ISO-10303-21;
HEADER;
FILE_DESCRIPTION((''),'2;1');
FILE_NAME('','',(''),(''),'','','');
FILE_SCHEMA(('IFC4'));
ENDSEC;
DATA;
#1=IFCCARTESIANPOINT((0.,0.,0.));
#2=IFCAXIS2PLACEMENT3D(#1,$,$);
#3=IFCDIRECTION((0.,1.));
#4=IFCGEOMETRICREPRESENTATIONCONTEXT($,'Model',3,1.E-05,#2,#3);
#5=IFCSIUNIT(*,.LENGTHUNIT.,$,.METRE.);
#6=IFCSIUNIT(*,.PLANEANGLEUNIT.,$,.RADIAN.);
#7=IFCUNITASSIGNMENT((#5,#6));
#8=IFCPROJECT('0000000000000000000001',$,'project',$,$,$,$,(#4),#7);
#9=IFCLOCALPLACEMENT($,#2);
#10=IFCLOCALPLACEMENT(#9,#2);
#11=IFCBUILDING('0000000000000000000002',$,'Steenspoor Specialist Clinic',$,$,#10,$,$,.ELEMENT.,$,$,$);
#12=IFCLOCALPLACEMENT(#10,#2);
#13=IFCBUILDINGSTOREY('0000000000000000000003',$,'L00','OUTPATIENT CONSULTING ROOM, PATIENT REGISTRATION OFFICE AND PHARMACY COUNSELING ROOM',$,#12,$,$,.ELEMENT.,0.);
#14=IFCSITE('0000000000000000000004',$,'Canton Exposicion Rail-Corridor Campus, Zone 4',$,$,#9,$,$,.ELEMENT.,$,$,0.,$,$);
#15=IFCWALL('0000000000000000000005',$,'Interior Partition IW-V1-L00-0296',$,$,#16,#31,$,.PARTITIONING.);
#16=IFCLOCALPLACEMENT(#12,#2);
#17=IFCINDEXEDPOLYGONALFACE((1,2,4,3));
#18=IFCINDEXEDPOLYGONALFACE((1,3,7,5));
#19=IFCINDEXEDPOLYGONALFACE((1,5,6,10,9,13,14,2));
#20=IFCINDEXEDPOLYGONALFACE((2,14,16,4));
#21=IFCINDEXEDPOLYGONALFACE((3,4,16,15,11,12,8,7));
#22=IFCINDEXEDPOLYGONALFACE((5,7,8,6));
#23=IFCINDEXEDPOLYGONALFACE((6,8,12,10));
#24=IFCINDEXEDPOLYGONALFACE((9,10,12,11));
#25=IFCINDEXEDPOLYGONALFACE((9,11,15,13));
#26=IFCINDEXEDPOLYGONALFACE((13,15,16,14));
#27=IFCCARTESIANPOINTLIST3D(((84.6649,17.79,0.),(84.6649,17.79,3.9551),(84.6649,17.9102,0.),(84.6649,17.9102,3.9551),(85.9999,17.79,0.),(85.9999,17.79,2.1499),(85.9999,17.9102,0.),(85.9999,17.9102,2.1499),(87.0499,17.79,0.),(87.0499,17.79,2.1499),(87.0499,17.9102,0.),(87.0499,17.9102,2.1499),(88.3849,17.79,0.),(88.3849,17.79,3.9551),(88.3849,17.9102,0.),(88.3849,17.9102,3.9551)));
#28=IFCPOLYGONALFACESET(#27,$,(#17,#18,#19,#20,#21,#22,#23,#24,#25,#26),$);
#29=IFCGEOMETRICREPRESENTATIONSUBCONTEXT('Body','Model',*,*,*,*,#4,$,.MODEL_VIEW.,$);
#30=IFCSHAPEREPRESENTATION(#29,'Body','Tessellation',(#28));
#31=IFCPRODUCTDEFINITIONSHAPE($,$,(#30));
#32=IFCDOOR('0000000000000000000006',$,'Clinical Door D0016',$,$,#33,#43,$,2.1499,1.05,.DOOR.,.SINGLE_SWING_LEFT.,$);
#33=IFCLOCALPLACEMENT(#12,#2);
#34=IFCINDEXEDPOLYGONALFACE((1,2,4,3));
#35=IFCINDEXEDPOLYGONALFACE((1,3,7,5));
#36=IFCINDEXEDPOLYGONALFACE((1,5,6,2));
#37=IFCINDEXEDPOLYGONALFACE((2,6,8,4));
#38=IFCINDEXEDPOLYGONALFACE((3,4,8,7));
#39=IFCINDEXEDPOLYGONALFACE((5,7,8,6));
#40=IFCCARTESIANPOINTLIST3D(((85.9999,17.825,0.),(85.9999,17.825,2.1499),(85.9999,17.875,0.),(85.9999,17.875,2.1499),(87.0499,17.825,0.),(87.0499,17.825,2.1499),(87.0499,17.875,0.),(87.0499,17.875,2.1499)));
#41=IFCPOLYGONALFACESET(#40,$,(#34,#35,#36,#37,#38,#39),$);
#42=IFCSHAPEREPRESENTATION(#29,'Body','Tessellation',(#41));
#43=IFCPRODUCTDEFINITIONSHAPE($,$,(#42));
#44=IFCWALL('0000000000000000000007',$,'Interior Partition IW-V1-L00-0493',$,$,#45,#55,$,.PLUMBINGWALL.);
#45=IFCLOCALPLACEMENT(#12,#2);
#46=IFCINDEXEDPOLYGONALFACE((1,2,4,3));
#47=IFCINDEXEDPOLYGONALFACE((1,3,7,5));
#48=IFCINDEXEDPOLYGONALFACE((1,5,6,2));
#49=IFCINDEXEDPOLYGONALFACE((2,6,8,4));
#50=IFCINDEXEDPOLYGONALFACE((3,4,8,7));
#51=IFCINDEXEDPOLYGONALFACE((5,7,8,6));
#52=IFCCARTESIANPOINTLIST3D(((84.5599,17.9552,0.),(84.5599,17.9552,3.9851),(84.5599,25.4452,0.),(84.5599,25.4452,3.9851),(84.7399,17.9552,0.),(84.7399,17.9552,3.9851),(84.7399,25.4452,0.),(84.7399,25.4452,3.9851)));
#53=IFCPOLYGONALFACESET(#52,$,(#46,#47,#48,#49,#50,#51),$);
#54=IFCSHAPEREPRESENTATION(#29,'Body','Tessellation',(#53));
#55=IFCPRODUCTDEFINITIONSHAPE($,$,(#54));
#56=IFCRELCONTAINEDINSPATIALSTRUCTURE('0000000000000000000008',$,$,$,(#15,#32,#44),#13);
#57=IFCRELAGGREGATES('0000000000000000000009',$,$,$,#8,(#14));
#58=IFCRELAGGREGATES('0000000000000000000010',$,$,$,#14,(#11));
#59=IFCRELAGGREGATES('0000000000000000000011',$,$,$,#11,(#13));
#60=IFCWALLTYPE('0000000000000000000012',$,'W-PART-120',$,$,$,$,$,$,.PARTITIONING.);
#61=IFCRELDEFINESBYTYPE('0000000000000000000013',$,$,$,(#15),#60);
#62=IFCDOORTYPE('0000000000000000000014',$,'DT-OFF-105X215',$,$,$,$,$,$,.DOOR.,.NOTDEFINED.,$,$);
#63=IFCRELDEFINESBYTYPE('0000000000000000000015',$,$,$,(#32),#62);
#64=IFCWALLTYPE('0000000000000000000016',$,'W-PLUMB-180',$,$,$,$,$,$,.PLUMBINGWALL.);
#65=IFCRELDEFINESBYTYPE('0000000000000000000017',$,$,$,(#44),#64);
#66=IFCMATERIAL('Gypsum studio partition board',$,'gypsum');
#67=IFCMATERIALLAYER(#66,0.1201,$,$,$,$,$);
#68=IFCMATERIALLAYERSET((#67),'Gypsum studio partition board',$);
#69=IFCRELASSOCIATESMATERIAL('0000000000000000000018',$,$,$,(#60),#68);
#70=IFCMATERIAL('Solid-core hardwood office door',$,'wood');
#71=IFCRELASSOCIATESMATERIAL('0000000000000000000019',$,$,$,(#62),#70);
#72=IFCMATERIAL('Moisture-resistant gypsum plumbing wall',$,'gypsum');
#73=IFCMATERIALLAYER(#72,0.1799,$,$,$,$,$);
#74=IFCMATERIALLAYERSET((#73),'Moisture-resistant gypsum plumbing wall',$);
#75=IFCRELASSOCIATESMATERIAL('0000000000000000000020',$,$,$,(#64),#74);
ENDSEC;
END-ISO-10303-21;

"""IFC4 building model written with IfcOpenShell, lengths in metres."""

from ifc_helpers import new_model, si_unit, direction, frame, frame_2d, origin, place, context, subcontext, project, spatial, rectangle, extrude, material, layer, layer_set, type_object, element, fill, save


model = new_model("IFC4")

# Units and contexts
model_context = context("Model", 3, precision=1e-05, world=origin(), true_north=direction((0.0, 1.0)))
body_context = subcontext(model_context, "Body", "Model", "MODEL_VIEW")
ifc_project = project(units=[si_unit("LENGTHUNIT", "METRE"), si_unit("PLANEANGLEUNIT", "RADIAN")], contexts=[model_context])

# Site, building, storey
site_placement = place(None, origin())
site = spatial("IfcSite", under=ifc_project, at=site_placement, Name="Canton Exposicion Rail-Corridor Campus, Zone 4", CompositionType="ELEMENT", RefElevation=0.0)
building_placement = place(site_placement, origin())
building = spatial("IfcBuilding", under=site, at=building_placement, Name="Steenspoor Specialist Clinic", CompositionType="ELEMENT")
storey_placement = place(building_placement, origin())
storey = spatial("IfcBuildingStorey", under=building, at=storey_placement, Name="L00", Description="OUTPATIENT CONSULTING ROOM, PATIENT REGISTRATION OFFICE AND PHARMACY COUNSELING ROOM", CompositionType="ELEMENT", Elevation=0.0)

# Shared definitions
ifc_material_1 = material(Name="Gypsum studio partition board", Category="gypsum")
ifc_layer_1 = layer(ifc_material_1, 0.1201)
ifc_layer_set_1 = layer_set([ifc_layer_1], Name="Gypsum studio partition board")
wall_type_1 = type_object("IfcWallType", Name="W-PART-120", PredefinedType="PARTITIONING", material=ifc_layer_set_1)

# Wall, opening, door
wall_1_placement = place(storey_placement, frame((84.665, 17.8501, 0.0), z_axis=(0.0, 0.0, 1.0), x_axis=(1.0, 0.0, 0.0)))
wall_1 = element("IfcWall", 1, at=wall_1_placement, inside=storey, type_object=wall_type_1, Name="Interior Partition IW-V1-L00-0296", PredefinedType="PARTITIONING", context=body_context, shape_type="SweptSolid", body=[
    extrude(rectangle(XDim=3.72, YDim=0.1201, at=frame_2d((1.8599, 0.0))), origin(), (0.0, 0.0, 1.0), 3.9551),
])
opening_1_placement = place(wall_1_placement, frame((1.335, 0.0, 0.0)))
opening_1 = element("IfcOpeningElement", 2, at=opening_1_placement, cuts=wall_1, PredefinedType="OPENING", context=body_context, shape_type="SweptSolid", body=[
    extrude(rectangle(XDim=1.05, YDim=2.1499, at=frame_2d((0.5249, 1.075))), frame((0.0, 0.0701, 0.0), z_axis=(0.0, -1.0, 0.0), x_axis=(1.0, 0.0, 0.0)), (0.0, 0.0, 1.0), 0.1401),
])
ifc_material_2 = material(Name="Solid-core hardwood office door", Category="wood")
door_type_1 = type_object("IfcDoorType", Name="DT-OFF-105X215", OperationType="NOTDEFINED", PredefinedType="DOOR", material=ifc_material_2)
door_1_placement = place(opening_1_placement, origin())
door_1 = element("IfcDoor", 3, at=door_1_placement, inside=storey, type_object=door_type_1, Name="Clinical Door D0016", OperationType="SINGLE_SWING_LEFT", OverallHeight=2.1499, OverallWidth=1.05, PredefinedType="DOOR", context=body_context, shape_type="SweptSolid", body=[
    extrude(rectangle(XDim=1.05, YDim=2.1499, at=frame_2d((0.5249, 1.075))), frame((0.0, 0.0249, 0.0), z_axis=(0.0, -1.0, 0.0), x_axis=(1.0, 0.0, 0.0)), (0.0, 0.0, 1.0), 0.05),
])
fill(opening_1, door_1)

# Wall
ifc_material_3 = material(Name="Moisture-resistant gypsum plumbing wall", Category="gypsum")
ifc_layer_2 = layer(ifc_material_3, 0.1799)
ifc_layer_set_2 = layer_set([ifc_layer_2], Name="Moisture-resistant gypsum plumbing wall")
wall_type_2 = type_object("IfcWallType", Name="W-PLUMB-180", PredefinedType="PLUMBINGWALL", material=ifc_layer_set_2)
wall_2_placement = place(storey_placement, frame((84.6499, 17.9551, 0.0), z_axis=(0.0, 0.0, 1.0), x_axis=(0.0, 1.0, 0.0)))
element("IfcWall", 4, at=wall_2_placement, inside=storey, type_object=wall_type_2, Name="Interior Partition IW-V1-L00-0493", PredefinedType="PLUMBINGWALL", context=body_context, shape_type="SweptSolid", body=[
    extrude(rectangle(XDim=7.49, YDim=0.1799, at=frame_2d((3.7451, 0.0))), origin(), (0.0, 0.0, 1.0), 3.9851),
])

save(model, "model.ifc")
